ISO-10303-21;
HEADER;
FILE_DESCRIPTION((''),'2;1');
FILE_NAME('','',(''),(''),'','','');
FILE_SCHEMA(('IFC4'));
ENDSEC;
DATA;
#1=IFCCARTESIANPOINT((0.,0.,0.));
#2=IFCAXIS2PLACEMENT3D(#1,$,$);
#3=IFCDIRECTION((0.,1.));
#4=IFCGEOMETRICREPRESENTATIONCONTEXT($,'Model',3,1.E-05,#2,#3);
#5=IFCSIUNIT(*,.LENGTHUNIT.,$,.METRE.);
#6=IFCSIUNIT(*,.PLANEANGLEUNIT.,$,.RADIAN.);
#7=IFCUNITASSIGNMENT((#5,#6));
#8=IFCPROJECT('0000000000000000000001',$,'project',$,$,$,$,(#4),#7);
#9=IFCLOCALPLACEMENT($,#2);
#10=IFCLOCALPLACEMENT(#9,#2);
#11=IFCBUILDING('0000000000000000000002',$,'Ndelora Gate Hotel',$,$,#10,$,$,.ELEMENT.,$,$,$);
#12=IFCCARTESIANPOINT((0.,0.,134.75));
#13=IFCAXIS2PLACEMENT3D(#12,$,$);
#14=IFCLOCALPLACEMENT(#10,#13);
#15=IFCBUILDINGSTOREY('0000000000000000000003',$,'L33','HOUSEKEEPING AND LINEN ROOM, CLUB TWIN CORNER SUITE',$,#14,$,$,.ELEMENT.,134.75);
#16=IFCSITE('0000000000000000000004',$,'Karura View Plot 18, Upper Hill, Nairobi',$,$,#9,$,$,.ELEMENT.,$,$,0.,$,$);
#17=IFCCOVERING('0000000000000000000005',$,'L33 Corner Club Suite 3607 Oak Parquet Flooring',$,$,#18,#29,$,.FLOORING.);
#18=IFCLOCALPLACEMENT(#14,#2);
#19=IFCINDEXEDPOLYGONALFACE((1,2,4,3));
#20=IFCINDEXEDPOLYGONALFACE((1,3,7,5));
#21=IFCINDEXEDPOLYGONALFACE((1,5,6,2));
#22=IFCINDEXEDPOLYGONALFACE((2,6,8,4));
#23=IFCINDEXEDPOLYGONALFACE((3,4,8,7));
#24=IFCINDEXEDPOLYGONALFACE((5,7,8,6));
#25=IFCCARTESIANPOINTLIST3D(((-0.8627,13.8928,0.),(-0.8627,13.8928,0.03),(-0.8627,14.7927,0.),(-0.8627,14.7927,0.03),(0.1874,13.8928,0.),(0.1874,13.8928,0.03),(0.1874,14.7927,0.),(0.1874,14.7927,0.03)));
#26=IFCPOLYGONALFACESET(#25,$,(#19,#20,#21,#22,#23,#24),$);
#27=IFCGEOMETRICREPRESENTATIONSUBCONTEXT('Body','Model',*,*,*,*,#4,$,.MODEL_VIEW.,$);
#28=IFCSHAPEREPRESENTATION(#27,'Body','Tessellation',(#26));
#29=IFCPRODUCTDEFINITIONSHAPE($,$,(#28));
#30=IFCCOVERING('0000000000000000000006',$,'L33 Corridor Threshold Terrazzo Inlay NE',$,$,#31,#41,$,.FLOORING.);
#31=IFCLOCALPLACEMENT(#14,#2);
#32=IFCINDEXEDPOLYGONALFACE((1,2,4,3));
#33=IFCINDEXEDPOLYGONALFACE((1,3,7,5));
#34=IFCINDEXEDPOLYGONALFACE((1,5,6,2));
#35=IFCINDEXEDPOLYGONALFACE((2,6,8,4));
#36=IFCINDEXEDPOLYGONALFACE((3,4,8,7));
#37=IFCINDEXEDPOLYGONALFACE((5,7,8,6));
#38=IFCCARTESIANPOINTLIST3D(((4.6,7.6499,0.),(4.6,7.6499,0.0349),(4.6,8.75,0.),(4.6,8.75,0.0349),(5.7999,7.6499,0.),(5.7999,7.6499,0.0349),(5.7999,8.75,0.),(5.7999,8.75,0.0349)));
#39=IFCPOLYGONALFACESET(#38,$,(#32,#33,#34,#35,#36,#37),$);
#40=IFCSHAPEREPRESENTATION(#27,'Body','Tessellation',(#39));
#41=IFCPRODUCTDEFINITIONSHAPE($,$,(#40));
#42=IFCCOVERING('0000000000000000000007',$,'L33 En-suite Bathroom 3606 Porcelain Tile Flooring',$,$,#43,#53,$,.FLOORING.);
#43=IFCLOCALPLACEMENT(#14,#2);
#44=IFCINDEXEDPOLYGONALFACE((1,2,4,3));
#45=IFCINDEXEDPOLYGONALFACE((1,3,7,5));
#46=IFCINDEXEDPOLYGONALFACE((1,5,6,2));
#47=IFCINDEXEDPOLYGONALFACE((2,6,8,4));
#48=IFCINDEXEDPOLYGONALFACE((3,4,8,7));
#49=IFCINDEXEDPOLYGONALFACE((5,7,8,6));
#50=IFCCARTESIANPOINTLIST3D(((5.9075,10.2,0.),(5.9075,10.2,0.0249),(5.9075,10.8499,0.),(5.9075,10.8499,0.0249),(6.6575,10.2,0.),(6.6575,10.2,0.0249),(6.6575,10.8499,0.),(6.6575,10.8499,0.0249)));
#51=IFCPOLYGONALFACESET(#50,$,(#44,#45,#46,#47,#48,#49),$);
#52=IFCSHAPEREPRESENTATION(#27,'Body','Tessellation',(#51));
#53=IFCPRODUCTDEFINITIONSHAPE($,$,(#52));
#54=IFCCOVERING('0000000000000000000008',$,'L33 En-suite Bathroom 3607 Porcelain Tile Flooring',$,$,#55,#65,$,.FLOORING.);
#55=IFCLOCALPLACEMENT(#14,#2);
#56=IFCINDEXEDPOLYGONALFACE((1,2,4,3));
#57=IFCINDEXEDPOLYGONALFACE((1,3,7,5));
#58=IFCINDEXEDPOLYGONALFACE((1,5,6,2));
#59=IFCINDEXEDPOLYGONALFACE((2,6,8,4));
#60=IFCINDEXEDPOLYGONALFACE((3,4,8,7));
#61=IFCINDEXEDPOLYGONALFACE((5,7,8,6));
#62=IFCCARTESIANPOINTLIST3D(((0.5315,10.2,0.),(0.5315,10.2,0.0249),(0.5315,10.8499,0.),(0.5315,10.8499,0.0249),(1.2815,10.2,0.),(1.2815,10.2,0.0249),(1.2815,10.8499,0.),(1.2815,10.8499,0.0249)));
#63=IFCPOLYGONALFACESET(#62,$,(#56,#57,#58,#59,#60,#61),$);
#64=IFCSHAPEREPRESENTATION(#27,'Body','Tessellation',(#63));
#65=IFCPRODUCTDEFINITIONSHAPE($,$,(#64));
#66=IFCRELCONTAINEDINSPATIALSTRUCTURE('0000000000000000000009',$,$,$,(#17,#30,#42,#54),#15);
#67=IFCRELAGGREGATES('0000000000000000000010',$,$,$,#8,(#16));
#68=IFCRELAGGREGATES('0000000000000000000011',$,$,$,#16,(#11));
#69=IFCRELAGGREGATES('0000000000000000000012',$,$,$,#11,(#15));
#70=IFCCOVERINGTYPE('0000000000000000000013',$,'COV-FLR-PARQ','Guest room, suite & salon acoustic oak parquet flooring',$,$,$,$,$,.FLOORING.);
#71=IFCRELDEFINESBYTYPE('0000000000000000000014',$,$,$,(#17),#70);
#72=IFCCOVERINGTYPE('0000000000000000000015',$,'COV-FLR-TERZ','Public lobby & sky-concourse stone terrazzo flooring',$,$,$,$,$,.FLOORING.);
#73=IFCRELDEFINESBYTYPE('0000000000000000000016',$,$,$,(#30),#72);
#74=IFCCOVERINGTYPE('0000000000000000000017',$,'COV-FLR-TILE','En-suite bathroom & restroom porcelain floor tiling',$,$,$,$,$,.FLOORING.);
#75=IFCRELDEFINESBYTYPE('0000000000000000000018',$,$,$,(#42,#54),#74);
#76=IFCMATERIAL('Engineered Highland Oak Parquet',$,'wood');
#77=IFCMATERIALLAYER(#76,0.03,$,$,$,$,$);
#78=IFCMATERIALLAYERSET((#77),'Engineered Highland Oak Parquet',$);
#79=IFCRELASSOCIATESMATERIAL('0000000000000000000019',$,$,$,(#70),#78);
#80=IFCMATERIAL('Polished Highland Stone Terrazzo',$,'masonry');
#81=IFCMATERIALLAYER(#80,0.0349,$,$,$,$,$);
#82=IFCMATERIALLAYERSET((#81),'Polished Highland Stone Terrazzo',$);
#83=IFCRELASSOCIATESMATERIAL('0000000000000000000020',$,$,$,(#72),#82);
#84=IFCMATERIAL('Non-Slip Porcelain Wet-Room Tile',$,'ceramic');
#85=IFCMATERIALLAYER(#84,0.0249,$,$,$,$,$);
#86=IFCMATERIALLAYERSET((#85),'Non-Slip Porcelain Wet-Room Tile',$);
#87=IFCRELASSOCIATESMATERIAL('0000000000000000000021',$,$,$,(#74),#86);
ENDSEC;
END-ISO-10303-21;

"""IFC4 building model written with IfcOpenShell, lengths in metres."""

from ifc_helpers import new_model, si_unit, direction, frame, origin, origin_2d, place, context, subcontext, project, spatial, rectangle, extrude, material, layer, layer_set, type_object, element, save


model = new_model("IFC4")

# Units and contexts
model_context = context("Model", 3, precision=1e-05, world=origin(), true_north=direction((0.0, 1.0)))
body_context = subcontext(model_context, "Body", "Model", "MODEL_VIEW")
ifc_project = project(units=[si_unit("LENGTHUNIT", "METRE"), si_unit("PLANEANGLEUNIT", "RADIAN")], contexts=[model_context])

# Site, building, storey
site_placement = place(None, origin())
site = spatial("IfcSite", under=ifc_project, at=site_placement, Name="Karura View Plot 18, Upper Hill, Nairobi", CompositionType="ELEMENT", RefElevation=0.0)
building_placement = place(site_placement, origin())
building = spatial("IfcBuilding", under=site, at=building_placement, Name="Ndelora Gate Hotel", CompositionType="ELEMENT")
storey_placement = place(building_placement, frame((0.0, 0.0, 134.75)))
storey = spatial("IfcBuildingStorey", under=building, at=storey_placement, Name="L33", Description="HOUSEKEEPING AND LINEN ROOM, CLUB TWIN CORNER SUITE", CompositionType="ELEMENT", Elevation=134.75)

# Coverings
ifc_material_1 = material(Name="Engineered Highland Oak Parquet", Category="wood")
ifc_layer_1 = layer(ifc_material_1, 0.03)
ifc_layer_set_1 = layer_set([ifc_layer_1], Name="Engineered Highland Oak Parquet")
covering_type_1 = type_object("IfcCoveringType", Name="COV-FLR-PARQ", Description="Guest room, suite & salon acoustic oak parquet flooring", PredefinedType="FLOORING", material=ifc_layer_set_1)
for number, where, z_axis, x_axis, name in (
    (1, (-0.3376, 14.3428, 0.0), (0.0, 0.0, 1.0), (1.0, 0.0, 0.0), "L33 Corner Club Suite 3607 Oak Parquet Flooring"),
):
    element("IfcCovering", number, at=place(storey_placement, frame(where, z_axis=z_axis, x_axis=x_axis)), inside=storey, type_object=covering_type_1, Name=name, PredefinedType="FLOORING", context=body_context, shape_type="SweptSolid", body=[
        extrude(rectangle(XDim=1.05, YDim=0.8999, at=origin_2d()), origin(), (0.0, 0.0, 1.0), 0.03),
    ])
ifc_material_2 = material(Name="Polished Highland Stone Terrazzo", Category="masonry")
ifc_layer_2 = layer(ifc_material_2, 0.0349)
ifc_layer_set_2 = layer_set([ifc_layer_2], Name="Polished Highland Stone Terrazzo")
covering_type_2 = type_object("IfcCoveringType", Name="COV-FLR-TERZ", Description="Public lobby & sky-concourse stone terrazzo flooring", PredefinedType="FLOORING", material=ifc_layer_set_2)
covering_1_placement = place(storey_placement, frame((5.2, 8.2, 0.0), z_axis=(0.0, 0.0, 1.0), x_axis=(1.0, 0.0, 0.0)))
element("IfcCovering", 2, at=covering_1_placement, inside=storey, type_object=covering_type_2, Name="L33 Corridor Threshold Terrazzo Inlay NE", PredefinedType="FLOORING", context=body_context, shape_type="SweptSolid", body=[
    extrude(rectangle(XDim=1.2, YDim=1.1001, at=origin_2d()), origin(), (0.0, 0.0, 1.0), 0.0349),
])
ifc_material_3 = material(Name="Non-Slip Porcelain Wet-Room Tile", Category="ceramic")
ifc_layer_3 = layer(ifc_material_3, 0.0249)
ifc_layer_set_3 = layer_set([ifc_layer_3], Name="Non-Slip Porcelain Wet-Room Tile")
covering_type_3 = type_object("IfcCoveringType", Name="COV-FLR-TILE", Description="En-suite bathroom & restroom porcelain floor tiling", PredefinedType="FLOORING", material=ifc_layer_set_3)
for number, where, z_axis, x_axis, name in (
    (3, (6.2825, 10.5249, 0.0), (0.0, 0.0, 1.0), (1.0, 0.0, 0.0), "L33 En-suite Bathroom 3606 Porcelain Tile Flooring"),
    (4, (0.9065, 10.5249, 0.0), (0.0, 0.0, 1.0), (1.0, 0.0, 0.0), "L33 En-suite Bathroom 3607 Porcelain Tile Flooring"),
):
    element("IfcCovering", number, at=place(storey_placement, frame(where, z_axis=z_axis, x_axis=x_axis)), inside=storey, type_object=covering_type_3, Name=name, PredefinedType="FLOORING", context=body_context, shape_type="SweptSolid", body=[
        extrude(rectangle(XDim=0.75, YDim=0.6499, at=origin_2d()), origin(), (0.0, 0.0, 1.0), 0.0249),
    ])

save(model, "model.ifc")
